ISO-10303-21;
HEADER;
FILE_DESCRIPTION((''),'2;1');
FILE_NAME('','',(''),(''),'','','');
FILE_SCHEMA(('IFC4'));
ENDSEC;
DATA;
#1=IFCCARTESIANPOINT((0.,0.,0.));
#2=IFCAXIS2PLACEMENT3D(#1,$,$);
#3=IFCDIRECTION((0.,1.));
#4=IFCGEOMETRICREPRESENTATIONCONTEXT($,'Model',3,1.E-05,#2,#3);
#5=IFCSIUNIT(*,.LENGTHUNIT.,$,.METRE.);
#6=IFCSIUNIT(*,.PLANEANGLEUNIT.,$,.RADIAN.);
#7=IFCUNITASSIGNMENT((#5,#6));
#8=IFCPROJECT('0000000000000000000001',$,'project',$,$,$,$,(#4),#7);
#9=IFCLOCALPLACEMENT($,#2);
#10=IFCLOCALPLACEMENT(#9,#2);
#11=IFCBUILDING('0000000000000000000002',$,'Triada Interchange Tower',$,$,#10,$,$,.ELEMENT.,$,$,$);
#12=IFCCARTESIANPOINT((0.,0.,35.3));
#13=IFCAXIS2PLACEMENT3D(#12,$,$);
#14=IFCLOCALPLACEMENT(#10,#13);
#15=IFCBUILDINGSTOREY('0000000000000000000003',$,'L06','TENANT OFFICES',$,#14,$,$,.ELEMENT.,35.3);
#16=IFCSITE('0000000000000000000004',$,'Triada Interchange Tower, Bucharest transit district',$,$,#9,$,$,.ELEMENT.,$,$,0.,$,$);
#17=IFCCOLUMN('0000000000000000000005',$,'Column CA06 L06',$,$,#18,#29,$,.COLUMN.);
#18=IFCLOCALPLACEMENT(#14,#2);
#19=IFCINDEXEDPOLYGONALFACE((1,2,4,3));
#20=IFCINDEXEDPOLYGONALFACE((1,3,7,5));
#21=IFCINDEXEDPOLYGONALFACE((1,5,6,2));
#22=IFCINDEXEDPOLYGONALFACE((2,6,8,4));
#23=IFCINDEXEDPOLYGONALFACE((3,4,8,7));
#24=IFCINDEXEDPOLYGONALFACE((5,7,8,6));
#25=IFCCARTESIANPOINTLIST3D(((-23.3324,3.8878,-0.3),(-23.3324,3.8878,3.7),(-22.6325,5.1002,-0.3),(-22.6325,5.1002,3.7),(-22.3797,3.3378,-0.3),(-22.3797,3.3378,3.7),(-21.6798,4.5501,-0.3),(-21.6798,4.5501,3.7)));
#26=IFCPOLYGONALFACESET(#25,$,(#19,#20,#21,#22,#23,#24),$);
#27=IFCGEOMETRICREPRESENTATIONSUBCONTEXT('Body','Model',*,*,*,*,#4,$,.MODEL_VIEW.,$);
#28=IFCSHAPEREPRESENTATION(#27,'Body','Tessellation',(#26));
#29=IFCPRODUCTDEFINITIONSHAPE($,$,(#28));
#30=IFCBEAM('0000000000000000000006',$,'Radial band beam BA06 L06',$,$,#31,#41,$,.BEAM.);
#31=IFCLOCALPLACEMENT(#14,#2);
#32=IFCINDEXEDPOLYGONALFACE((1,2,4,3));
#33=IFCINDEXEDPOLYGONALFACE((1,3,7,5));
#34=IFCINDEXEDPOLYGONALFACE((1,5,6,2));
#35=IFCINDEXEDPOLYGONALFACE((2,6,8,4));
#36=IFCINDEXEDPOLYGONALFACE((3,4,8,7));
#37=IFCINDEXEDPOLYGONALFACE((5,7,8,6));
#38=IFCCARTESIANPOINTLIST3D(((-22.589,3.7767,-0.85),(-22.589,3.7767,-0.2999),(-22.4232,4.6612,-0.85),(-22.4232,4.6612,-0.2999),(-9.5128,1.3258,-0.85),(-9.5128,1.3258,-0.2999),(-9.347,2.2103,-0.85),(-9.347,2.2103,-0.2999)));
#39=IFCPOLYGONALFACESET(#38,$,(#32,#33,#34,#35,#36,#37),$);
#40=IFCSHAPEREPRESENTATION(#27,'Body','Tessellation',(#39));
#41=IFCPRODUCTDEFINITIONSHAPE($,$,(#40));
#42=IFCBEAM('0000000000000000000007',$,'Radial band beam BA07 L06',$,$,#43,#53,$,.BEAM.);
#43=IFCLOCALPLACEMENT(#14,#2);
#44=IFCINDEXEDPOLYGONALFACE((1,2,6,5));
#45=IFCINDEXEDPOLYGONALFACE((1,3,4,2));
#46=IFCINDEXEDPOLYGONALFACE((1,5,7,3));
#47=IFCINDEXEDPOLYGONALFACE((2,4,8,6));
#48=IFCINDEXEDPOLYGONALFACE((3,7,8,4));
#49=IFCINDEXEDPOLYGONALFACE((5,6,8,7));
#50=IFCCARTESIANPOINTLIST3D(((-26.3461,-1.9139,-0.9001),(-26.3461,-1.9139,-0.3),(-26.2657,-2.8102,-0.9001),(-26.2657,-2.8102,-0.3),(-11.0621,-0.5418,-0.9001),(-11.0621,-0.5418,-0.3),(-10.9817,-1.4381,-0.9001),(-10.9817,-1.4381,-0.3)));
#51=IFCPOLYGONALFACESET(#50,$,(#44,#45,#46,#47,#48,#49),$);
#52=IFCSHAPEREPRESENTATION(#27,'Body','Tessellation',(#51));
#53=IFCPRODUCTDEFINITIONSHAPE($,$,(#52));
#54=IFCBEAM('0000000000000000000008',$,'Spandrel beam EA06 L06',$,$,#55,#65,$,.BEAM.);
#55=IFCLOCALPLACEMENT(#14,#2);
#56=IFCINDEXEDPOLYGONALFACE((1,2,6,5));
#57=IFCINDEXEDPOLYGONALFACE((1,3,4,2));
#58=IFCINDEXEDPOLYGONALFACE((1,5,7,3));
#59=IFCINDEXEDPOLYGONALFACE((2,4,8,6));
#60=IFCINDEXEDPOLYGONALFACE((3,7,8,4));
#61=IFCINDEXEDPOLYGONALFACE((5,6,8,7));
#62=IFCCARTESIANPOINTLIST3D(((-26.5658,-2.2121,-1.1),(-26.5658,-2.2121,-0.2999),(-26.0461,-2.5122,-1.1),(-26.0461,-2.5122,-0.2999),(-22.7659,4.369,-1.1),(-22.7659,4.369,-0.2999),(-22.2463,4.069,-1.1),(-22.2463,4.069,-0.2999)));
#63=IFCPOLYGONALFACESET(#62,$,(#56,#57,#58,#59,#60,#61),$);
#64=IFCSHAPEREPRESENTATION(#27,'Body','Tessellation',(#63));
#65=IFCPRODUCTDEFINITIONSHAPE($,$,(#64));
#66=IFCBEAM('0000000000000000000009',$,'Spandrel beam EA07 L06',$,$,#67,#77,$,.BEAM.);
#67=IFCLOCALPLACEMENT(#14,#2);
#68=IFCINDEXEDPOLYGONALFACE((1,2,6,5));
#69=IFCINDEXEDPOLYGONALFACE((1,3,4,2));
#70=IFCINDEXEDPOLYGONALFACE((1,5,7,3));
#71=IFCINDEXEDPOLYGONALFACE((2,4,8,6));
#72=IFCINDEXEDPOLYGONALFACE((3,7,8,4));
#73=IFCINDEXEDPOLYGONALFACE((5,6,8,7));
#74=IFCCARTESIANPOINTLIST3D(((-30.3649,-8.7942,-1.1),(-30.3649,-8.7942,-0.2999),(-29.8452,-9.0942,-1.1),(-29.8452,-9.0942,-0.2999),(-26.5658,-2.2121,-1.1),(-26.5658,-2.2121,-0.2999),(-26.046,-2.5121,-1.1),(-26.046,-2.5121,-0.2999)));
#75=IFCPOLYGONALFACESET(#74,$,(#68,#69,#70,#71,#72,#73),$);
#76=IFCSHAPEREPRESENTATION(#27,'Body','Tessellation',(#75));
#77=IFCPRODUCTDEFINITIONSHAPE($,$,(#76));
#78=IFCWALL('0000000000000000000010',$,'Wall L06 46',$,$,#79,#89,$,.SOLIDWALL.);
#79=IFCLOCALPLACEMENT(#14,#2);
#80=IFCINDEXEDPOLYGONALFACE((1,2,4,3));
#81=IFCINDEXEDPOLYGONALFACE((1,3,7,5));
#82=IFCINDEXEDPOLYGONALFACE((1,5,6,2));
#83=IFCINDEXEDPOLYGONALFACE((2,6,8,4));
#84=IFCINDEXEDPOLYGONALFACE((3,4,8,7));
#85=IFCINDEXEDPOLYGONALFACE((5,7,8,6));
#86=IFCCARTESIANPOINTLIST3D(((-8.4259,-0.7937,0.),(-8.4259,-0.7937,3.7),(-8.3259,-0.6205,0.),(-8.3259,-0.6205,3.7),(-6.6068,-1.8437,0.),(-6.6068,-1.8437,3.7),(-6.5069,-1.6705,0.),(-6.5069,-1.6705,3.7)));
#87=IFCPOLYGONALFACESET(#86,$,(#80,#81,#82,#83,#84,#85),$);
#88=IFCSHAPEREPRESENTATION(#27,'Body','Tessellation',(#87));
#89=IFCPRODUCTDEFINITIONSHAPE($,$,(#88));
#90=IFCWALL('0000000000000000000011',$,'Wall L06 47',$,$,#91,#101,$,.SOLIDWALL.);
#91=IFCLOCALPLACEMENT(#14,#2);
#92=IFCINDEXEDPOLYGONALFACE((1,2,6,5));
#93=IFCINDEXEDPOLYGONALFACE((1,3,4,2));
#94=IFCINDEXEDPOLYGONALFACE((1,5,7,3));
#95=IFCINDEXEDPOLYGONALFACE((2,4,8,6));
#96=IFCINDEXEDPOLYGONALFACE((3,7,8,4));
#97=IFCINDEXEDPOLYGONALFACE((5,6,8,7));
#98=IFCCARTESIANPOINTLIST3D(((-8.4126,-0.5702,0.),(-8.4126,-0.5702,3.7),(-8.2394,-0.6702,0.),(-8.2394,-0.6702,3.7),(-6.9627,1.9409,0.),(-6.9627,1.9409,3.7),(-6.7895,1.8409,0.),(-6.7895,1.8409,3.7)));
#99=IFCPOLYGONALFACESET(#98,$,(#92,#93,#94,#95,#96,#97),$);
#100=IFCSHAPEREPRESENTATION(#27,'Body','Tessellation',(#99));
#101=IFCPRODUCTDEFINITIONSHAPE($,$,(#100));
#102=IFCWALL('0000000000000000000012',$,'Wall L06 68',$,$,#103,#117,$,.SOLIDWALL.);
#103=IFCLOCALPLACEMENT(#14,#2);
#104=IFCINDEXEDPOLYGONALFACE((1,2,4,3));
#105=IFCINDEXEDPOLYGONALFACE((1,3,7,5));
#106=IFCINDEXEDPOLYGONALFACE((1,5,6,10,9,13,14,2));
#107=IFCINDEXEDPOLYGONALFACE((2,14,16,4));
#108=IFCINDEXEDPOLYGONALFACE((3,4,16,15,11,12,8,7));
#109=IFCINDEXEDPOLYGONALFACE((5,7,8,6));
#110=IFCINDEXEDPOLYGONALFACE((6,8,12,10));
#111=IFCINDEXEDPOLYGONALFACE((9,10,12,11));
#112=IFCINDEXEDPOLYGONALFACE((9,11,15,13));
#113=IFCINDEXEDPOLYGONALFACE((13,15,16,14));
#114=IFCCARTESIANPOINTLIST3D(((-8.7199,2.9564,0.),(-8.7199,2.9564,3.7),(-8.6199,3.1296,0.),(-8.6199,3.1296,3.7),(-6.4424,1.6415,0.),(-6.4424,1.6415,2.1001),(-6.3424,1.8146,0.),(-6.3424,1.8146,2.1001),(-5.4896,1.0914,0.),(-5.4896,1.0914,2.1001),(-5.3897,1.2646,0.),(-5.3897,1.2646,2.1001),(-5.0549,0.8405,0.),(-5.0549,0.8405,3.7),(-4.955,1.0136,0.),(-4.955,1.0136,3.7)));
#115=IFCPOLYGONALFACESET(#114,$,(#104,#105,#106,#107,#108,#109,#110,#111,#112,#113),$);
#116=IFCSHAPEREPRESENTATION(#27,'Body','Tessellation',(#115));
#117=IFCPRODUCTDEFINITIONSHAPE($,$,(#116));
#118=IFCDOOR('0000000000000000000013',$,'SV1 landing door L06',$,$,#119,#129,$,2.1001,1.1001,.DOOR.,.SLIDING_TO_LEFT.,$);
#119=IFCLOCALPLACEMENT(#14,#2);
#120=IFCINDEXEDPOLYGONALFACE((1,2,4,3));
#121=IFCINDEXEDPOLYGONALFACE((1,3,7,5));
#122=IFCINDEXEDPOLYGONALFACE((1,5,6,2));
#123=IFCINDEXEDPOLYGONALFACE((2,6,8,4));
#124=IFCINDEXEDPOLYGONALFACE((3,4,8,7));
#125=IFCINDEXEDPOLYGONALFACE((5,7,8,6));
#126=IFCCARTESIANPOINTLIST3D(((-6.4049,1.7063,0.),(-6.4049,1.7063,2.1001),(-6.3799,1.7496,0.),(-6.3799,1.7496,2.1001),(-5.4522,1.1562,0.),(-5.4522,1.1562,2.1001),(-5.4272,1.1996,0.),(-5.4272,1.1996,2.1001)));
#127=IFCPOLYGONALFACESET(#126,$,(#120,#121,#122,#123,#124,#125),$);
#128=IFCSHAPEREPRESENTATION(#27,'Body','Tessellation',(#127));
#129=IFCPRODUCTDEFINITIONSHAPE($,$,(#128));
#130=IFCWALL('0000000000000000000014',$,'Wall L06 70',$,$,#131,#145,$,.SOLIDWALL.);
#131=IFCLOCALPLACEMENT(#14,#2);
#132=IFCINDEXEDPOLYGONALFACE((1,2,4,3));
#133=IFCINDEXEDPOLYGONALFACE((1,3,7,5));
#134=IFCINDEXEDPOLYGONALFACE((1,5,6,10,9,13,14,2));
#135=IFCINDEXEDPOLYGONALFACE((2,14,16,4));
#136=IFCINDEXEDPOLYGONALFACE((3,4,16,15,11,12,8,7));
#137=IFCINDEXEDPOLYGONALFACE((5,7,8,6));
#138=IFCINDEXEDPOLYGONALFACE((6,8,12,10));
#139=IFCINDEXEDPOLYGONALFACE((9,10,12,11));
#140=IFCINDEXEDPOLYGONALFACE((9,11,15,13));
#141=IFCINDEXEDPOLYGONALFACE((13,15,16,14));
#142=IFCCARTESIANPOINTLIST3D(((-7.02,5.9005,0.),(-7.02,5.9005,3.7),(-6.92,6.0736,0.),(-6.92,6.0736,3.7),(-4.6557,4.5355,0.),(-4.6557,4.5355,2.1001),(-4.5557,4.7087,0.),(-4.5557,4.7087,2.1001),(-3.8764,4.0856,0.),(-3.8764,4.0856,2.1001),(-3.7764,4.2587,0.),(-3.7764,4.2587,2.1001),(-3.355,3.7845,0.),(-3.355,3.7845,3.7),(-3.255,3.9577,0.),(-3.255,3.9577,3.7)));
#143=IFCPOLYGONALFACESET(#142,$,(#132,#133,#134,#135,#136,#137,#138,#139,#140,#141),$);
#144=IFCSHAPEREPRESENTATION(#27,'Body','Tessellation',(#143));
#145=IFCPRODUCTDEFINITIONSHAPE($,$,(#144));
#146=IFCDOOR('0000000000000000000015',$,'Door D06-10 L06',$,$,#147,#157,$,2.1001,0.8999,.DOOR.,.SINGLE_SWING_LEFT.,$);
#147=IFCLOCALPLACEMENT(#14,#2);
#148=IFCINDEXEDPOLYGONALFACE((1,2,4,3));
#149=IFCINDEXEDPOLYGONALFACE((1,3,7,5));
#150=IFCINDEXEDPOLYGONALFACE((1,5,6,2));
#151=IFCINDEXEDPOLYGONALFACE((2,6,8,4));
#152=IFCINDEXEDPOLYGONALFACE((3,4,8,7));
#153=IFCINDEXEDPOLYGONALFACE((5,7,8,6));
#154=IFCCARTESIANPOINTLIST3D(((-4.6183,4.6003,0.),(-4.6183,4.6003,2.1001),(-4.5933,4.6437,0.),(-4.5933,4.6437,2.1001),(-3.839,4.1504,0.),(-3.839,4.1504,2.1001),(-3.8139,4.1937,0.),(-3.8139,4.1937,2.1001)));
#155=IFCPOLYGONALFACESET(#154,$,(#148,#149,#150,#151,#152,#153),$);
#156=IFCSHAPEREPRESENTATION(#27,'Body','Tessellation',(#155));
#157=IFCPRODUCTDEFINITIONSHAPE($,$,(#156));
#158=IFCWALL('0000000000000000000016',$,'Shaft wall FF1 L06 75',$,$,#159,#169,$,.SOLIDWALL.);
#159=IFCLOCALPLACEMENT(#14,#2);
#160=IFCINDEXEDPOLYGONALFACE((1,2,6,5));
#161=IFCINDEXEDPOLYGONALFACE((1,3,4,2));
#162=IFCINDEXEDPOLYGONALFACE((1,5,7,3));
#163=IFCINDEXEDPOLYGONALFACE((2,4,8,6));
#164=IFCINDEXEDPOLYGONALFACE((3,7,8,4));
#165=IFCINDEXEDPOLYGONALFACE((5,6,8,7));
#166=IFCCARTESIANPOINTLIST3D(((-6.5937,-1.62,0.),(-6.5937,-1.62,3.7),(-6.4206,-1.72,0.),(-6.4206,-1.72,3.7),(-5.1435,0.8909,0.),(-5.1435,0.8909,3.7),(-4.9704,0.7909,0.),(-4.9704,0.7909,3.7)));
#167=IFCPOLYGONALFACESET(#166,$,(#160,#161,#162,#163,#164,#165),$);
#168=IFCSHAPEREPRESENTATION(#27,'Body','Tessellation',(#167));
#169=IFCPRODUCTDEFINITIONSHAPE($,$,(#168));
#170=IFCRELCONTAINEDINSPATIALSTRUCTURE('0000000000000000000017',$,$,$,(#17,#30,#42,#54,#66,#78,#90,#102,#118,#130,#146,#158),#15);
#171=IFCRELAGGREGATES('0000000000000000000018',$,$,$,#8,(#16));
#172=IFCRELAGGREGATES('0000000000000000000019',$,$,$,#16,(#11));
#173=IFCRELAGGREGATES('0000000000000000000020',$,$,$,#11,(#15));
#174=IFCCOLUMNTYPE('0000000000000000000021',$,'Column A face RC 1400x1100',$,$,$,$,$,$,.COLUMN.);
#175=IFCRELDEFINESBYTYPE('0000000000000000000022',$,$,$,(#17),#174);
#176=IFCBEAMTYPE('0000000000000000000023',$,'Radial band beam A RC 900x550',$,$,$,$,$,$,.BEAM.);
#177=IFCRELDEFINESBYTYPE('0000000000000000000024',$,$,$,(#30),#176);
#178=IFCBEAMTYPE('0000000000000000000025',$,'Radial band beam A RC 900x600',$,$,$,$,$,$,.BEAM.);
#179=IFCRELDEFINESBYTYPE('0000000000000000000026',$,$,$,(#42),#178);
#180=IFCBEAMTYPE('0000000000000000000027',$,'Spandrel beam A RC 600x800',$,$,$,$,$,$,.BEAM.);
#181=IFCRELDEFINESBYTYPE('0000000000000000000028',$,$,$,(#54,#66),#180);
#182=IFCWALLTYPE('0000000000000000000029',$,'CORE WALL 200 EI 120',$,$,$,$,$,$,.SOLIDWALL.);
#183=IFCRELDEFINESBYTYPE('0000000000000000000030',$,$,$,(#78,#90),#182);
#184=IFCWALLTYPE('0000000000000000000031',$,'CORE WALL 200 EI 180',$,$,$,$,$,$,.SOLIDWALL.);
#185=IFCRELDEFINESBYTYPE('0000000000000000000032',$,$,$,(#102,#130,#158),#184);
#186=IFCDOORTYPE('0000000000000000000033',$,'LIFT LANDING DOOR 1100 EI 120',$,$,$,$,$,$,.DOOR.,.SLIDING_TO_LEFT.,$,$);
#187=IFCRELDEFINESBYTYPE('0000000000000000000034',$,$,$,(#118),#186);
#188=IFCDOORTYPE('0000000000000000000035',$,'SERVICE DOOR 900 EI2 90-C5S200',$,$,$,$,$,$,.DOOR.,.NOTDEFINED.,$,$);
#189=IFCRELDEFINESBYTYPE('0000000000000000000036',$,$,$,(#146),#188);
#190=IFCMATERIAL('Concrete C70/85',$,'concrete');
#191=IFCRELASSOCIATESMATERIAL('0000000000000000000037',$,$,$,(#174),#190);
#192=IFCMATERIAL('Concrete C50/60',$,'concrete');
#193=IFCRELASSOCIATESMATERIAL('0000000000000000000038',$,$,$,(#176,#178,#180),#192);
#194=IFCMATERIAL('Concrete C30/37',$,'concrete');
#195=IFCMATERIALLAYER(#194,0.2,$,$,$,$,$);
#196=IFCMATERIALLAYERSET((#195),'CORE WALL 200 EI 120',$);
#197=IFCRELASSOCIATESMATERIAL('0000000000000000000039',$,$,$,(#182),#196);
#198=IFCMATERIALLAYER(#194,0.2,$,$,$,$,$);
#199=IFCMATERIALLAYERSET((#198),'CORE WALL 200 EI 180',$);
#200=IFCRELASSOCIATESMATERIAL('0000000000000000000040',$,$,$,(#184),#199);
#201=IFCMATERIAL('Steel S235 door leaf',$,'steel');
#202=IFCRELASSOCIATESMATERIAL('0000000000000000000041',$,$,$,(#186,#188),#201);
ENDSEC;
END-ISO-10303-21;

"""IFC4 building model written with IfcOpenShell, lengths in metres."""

from ifc_helpers import new_model, si_unit, direction, frame, frame_2d, origin, origin_2d, place, context, subcontext, project, spatial, rectangle, extrude, material, layer, layer_set, material_profile, profile_set, type_object, element, fill, save


model = new_model("IFC4")

# Units and contexts
model_context = context("Model", 3, precision=1e-05, world=origin(), true_north=direction((0.0, 1.0)))
body_context = subcontext(model_context, "Body", "Model", "MODEL_VIEW")
ifc_project = project(units=[si_unit("LENGTHUNIT", "METRE"), si_unit("PLANEANGLEUNIT", "RADIAN")], contexts=[model_context])

# Site, building, storey
site_placement = place(None, origin())
site = spatial("IfcSite", under=ifc_project, at=site_placement, Name="Triada Interchange Tower, Bucharest transit district", CompositionType="ELEMENT", RefElevation=0.0)
building_placement = place(site_placement, origin())
building = spatial("IfcBuilding", under=site, at=building_placement, Name="Triada Interchange Tower", CompositionType="ELEMENT")
storey_placement = place(building_placement, frame((0.0, 0.0, 35.3)))
storey = spatial("IfcBuildingStorey", under=building, at=storey_placement, Name="L06", Description="TENANT OFFICES", CompositionType="ELEMENT", Elevation=35.3)

# Column
ifc_material_1 = material(Name="Concrete C70/85", Category="concrete")
ifc_material_profile_1 = material_profile(ifc_material_1, rectangle(XDim=1.3999, YDim=1.1001, at=origin_2d()), Name="RC 1400x1100")
ifc_profile_set_1 = profile_set([ifc_material_profile_1], Name="Concrete C70/85")
column_type = type_object("IfcColumnType", Name="Column A face RC 1400x1100", PredefinedType="COLUMN", material=ifc_profile_set_1)
column_placement = place(storey_placement, frame((-22.5061, 4.219, -0.3), z_axis=(0.0, 0.0, 1.0), x_axis=(0.5, 0.866025, 0.0)))
element("IfcColumn", 1, at=column_placement, inside=storey, type_object=column_type, Name="Column CA06 L06", PredefinedType="COLUMN", context=body_context, shape_type="SweptSolid", body=[
    extrude(rectangle(XDim=1.3999, YDim=1.1001, at=origin_2d()), origin(), (0.0, 0.0, 1.0), 4.0),
])

# Beams
ifc_material_2 = material(Name="Concrete C50/60", Category="concrete")
ifc_material_profile_2 = material_profile(ifc_material_2, rectangle(XDim=0.8999, YDim=0.55, at=origin_2d()), Name="RC 900x550")
ifc_profile_set_2 = profile_set([ifc_material_profile_2], Name="Concrete C50/60")
beam_type_1 = type_object("IfcBeamType", Name="Radial band beam A RC 900x550", PredefinedType="BEAM", material=ifc_profile_set_2)
beam_1_placement = place(storey_placement, frame((-22.5061, 4.219, -0.575), z_axis=(0.982884, -0.184226, 0.0), x_axis=(0.184226, 0.982884, 0.0)))
element("IfcBeam", 2, at=beam_1_placement, inside=storey, type_object=beam_type_1, Name="Radial band beam BA06 L06", PredefinedType="BEAM", context=body_context, shape_type="SweptSolid", body=[
    extrude(rectangle(XDim=0.8999, YDim=0.55, at=origin_2d()), origin(), (0.0, 0.0, 1.0), 13.304),
])
ifc_material_profile_3 = material_profile(ifc_material_2, rectangle(XDim=0.8999, YDim=0.6001, at=origin_2d()), Name="RC 900x600")
ifc_profile_set_3 = profile_set([ifc_material_profile_3], Name="Concrete C50/60")
beam_type_2 = type_object("IfcBeamType", Name="Radial band beam A RC 900x600", PredefinedType="BEAM", material=ifc_profile_set_3)
beam_2_placement = place(storey_placement, frame((-26.3059, -2.3621, -0.6001), z_axis=(0.995995, 0.089412, 0.0), x_axis=(-0.089412, 0.995995, 0.0)))
element("IfcBeam", 3, at=beam_2_placement, inside=storey, type_object=beam_type_2, Name="Radial band beam BA07 L06", PredefinedType="BEAM", context=body_context, shape_type="SweptSolid", body=[
    extrude(rectangle(XDim=0.8999, YDim=0.6001, at=origin_2d()), origin(), (0.0, 0.0, 1.0), 15.3455),
])
ifc_material_profile_4 = material_profile(ifc_material_2, rectangle(XDim=0.6001, YDim=0.8, at=origin_2d()), Name="RC 600x800")
ifc_profile_set_4 = profile_set([ifc_material_profile_4], Name="Concrete C50/60")
beam_type_3 = type_object("IfcBeamType", Name="Spandrel beam A RC 600x800", PredefinedType="BEAM", material=ifc_profile_set_4)
beam_3_placement = place(storey_placement, frame((-22.5061, 4.219, -0.7), z_axis=(-0.500023, -0.866012, 0.0), x_axis=(0.866012, -0.500023, 0.0)))
element("IfcBeam", 4, at=beam_3_placement, inside=storey, type_object=beam_type_3, Name="Spandrel beam EA06 L06", PredefinedType="BEAM", context=body_context, shape_type="SweptSolid", body=[
    extrude(rectangle(XDim=0.6001, YDim=0.8, at=origin_2d()), origin(), (0.0, 0.0, 1.0), 7.5994),
])
beam_4_placement = place(storey_placement, frame((-26.3059, -2.3621, -0.7), z_axis=(-0.499895, -0.866086, 0.0), x_axis=(0.866086, -0.499895, 0.0)))
element("IfcBeam", 5, at=beam_4_placement, inside=storey, type_object=beam_type_3, Name="Spandrel beam EA07 L06", PredefinedType="BEAM", context=body_context, shape_type="SweptSolid", body=[
    extrude(rectangle(XDim=0.6001, YDim=0.8, at=origin_2d()), origin(), (0.0, 0.0, 1.0), 7.5999),
])

# Walls
ifc_material_3 = material(Name="Concrete C30/37", Category="concrete")
ifc_layer_1 = layer(ifc_material_3, 0.2)
ifc_layer_set_1 = layer_set([ifc_layer_1], Name="CORE WALL 200 EI 120")
wall_type_1 = type_object("IfcWallType", Name="CORE WALL 200 EI 120", PredefinedType="SOLIDWALL", material=ifc_layer_set_1)
wall_1_placement = place(storey_placement, frame((-8.376, -0.707, 0.0), z_axis=(0.0, 0.0, 1.0), x_axis=(0.866068, -0.499927, 0.0)))
element("IfcWall", 6, at=wall_1_placement, inside=storey, type_object=wall_type_1, Name="Wall L06 46", PredefinedType="SOLIDWALL", context=body_context, shape_type="SweptSolid", body=[
    extrude(rectangle(XDim=2.1003, YDim=0.2, at=frame_2d((1.0503, 0.0))), origin(), (0.0, 0.0, 1.0), 3.7),
])
wall_2_placement = place(storey_placement, frame((-8.3259, -0.6201, 0.0), z_axis=(0.0, 0.0, 1.0), x_axis=(0.500024, 0.866012, 0.0)))
element("IfcWall", 7, at=wall_2_placement, inside=storey, type_object=wall_type_1, Name="Wall L06 47", PredefinedType="SOLIDWALL", context=body_context, shape_type="SweptSolid", body=[
    extrude(rectangle(XDim=2.8997, YDim=0.2, at=frame_2d((1.4497, 0.0))), origin(), (0.0, 0.0, 1.0), 3.7),
])

# Walls, openings, doors
ifc_layer_2 = layer(ifc_material_3, 0.2)
ifc_layer_set_2 = layer_set([ifc_layer_2], Name="CORE WALL 200 EI 180")
wall_type_2 = type_object("IfcWallType", Name="CORE WALL 200 EI 180", PredefinedType="SOLIDWALL", material=ifc_layer_set_2)
wall_3_placement = place(storey_placement, frame((-8.6699, 3.043, 0.0), z_axis=(0.0, 0.0, 1.0), x_axis=(0.86603, -0.499992, 0.0)))
wall_3 = element("IfcWall", 8, at=wall_3_placement, inside=storey, type_object=wall_type_2, Name="Wall L06 68", PredefinedType="SOLIDWALL", context=body_context, shape_type="SweptSolid", body=[
    extrude(rectangle(XDim=4.2319, YDim=0.2, at=frame_2d((2.116, 0.0))), origin(), (0.0, 0.0, 1.0), 3.7),
])
opening_1_placement = place(wall_3_placement, frame((2.6299, 0.0, 0.0)))
opening_1 = element("IfcOpeningElement", 9, at=opening_1_placement, cuts=wall_3, PredefinedType="OPENING", context=body_context, shape_type="SweptSolid", body=[
    extrude(rectangle(XDim=1.1001, YDim=2.1001, at=frame_2d((0.55, 1.05))), frame((0.0, 0.1099, 0.0), z_axis=(0.0, -1.0, 0.0), x_axis=(1.0, 0.0, 0.0)), (0.0, 0.0, 1.0), 0.22),
])
ifc_material_4 = material(Name="Steel S235 door leaf", Category="steel")
door_type_1 = type_object("IfcDoorType", Name="LIFT LANDING DOOR 1100 EI 120", OperationType="SLIDING_TO_LEFT", PredefinedType="DOOR", material=ifc_material_4)
door_1_placement = place(opening_1_placement, origin())
door_1 = element("IfcDoor", 10, at=door_1_placement, inside=storey, type_object=door_type_1, Name="SV1 landing door L06", OperationType="SLIDING_TO_LEFT", OverallHeight=2.1001, OverallWidth=1.1001, PredefinedType="DOOR", context=body_context, shape_type="SweptSolid", body=[
    extrude(rectangle(XDim=1.1001, YDim=2.1001, at=frame_2d((0.55, 1.05))), frame((0.0, 0.0249, 0.0), z_axis=(0.0, -1.0, 0.0), x_axis=(1.0, 0.0, 0.0)), (0.0, 0.0, 1.0), 0.05),
])
fill(opening_1, door_1)
wall_4_placement = place(storey_placement, frame((-6.97, 5.9871, 0.0), z_axis=(0.0, 0.0, 1.0), x_axis=(0.86603, -0.499992, 0.0)))
wall_4 = element("IfcWall", 11, at=wall_4_placement, inside=storey, type_object=wall_type_2, Name="Wall L06 70", PredefinedType="SOLIDWALL", context=body_context, shape_type="SweptSolid", body=[
    extrude(rectangle(XDim=4.2319, YDim=0.2, at=frame_2d((2.116, 0.0))), origin(), (0.0, 0.0, 1.0), 3.7),
])
opening_2_placement = place(wall_4_placement, frame((2.73, 0.0, 0.0)))
opening_2 = element("IfcOpeningElement", 12, at=opening_2_placement, cuts=wall_4, PredefinedType="OPENING", context=body_context, shape_type="SweptSolid", body=[
    extrude(rectangle(XDim=0.8999, YDim=2.1001, at=frame_2d((0.45, 1.05))), frame((0.0, 0.1099, 0.0), z_axis=(0.0, -1.0, 0.0), x_axis=(1.0, 0.0, 0.0)), (0.0, 0.0, 1.0), 0.22),
])
door_type_2 = type_object("IfcDoorType", Name="SERVICE DOOR 900 EI2 90-C5S200", OperationType="NOTDEFINED", PredefinedType="DOOR", material=ifc_material_4)
door_2_placement = place(opening_2_placement, origin())
door_2 = element("IfcDoor", 13, at=door_2_placement, inside=storey, type_object=door_type_2, Name="Door D06-10 L06", OperationType="SINGLE_SWING_LEFT", OverallHeight=2.1001, OverallWidth=0.8999, PredefinedType="DOOR", context=body_context, shape_type="SweptSolid", body=[
    extrude(rectangle(XDim=0.8999, YDim=2.1001, at=frame_2d((0.45, 1.05))), frame((0.0, 0.0249, 0.0), z_axis=(0.0, -1.0, 0.0), x_axis=(1.0, 0.0, 0.0)), (0.0, 0.0, 1.0), 0.05),
])
fill(opening_2, door_2)

# Wall
wall_5_placement = place(storey_placement, frame((-6.5071, -1.6699, 0.0), z_axis=(0.0, 0.0, 1.0), x_axis=(0.500123, 0.865954, 0.0)))
element("IfcWall", 14, at=wall_5_placement, inside=storey, type_object=wall_type_2, Name="Shaft wall FF1 L06 75", PredefinedType="SOLIDWALL", context=body_context, shape_type="SweptSolid", body=[
    extrude(rectangle(XDim=2.8997, YDim=0.2, at=frame_2d((1.4497, 0.0))), origin(), (0.0, 0.0, 1.0), 3.7),
])

save(model, "model.ifc")
